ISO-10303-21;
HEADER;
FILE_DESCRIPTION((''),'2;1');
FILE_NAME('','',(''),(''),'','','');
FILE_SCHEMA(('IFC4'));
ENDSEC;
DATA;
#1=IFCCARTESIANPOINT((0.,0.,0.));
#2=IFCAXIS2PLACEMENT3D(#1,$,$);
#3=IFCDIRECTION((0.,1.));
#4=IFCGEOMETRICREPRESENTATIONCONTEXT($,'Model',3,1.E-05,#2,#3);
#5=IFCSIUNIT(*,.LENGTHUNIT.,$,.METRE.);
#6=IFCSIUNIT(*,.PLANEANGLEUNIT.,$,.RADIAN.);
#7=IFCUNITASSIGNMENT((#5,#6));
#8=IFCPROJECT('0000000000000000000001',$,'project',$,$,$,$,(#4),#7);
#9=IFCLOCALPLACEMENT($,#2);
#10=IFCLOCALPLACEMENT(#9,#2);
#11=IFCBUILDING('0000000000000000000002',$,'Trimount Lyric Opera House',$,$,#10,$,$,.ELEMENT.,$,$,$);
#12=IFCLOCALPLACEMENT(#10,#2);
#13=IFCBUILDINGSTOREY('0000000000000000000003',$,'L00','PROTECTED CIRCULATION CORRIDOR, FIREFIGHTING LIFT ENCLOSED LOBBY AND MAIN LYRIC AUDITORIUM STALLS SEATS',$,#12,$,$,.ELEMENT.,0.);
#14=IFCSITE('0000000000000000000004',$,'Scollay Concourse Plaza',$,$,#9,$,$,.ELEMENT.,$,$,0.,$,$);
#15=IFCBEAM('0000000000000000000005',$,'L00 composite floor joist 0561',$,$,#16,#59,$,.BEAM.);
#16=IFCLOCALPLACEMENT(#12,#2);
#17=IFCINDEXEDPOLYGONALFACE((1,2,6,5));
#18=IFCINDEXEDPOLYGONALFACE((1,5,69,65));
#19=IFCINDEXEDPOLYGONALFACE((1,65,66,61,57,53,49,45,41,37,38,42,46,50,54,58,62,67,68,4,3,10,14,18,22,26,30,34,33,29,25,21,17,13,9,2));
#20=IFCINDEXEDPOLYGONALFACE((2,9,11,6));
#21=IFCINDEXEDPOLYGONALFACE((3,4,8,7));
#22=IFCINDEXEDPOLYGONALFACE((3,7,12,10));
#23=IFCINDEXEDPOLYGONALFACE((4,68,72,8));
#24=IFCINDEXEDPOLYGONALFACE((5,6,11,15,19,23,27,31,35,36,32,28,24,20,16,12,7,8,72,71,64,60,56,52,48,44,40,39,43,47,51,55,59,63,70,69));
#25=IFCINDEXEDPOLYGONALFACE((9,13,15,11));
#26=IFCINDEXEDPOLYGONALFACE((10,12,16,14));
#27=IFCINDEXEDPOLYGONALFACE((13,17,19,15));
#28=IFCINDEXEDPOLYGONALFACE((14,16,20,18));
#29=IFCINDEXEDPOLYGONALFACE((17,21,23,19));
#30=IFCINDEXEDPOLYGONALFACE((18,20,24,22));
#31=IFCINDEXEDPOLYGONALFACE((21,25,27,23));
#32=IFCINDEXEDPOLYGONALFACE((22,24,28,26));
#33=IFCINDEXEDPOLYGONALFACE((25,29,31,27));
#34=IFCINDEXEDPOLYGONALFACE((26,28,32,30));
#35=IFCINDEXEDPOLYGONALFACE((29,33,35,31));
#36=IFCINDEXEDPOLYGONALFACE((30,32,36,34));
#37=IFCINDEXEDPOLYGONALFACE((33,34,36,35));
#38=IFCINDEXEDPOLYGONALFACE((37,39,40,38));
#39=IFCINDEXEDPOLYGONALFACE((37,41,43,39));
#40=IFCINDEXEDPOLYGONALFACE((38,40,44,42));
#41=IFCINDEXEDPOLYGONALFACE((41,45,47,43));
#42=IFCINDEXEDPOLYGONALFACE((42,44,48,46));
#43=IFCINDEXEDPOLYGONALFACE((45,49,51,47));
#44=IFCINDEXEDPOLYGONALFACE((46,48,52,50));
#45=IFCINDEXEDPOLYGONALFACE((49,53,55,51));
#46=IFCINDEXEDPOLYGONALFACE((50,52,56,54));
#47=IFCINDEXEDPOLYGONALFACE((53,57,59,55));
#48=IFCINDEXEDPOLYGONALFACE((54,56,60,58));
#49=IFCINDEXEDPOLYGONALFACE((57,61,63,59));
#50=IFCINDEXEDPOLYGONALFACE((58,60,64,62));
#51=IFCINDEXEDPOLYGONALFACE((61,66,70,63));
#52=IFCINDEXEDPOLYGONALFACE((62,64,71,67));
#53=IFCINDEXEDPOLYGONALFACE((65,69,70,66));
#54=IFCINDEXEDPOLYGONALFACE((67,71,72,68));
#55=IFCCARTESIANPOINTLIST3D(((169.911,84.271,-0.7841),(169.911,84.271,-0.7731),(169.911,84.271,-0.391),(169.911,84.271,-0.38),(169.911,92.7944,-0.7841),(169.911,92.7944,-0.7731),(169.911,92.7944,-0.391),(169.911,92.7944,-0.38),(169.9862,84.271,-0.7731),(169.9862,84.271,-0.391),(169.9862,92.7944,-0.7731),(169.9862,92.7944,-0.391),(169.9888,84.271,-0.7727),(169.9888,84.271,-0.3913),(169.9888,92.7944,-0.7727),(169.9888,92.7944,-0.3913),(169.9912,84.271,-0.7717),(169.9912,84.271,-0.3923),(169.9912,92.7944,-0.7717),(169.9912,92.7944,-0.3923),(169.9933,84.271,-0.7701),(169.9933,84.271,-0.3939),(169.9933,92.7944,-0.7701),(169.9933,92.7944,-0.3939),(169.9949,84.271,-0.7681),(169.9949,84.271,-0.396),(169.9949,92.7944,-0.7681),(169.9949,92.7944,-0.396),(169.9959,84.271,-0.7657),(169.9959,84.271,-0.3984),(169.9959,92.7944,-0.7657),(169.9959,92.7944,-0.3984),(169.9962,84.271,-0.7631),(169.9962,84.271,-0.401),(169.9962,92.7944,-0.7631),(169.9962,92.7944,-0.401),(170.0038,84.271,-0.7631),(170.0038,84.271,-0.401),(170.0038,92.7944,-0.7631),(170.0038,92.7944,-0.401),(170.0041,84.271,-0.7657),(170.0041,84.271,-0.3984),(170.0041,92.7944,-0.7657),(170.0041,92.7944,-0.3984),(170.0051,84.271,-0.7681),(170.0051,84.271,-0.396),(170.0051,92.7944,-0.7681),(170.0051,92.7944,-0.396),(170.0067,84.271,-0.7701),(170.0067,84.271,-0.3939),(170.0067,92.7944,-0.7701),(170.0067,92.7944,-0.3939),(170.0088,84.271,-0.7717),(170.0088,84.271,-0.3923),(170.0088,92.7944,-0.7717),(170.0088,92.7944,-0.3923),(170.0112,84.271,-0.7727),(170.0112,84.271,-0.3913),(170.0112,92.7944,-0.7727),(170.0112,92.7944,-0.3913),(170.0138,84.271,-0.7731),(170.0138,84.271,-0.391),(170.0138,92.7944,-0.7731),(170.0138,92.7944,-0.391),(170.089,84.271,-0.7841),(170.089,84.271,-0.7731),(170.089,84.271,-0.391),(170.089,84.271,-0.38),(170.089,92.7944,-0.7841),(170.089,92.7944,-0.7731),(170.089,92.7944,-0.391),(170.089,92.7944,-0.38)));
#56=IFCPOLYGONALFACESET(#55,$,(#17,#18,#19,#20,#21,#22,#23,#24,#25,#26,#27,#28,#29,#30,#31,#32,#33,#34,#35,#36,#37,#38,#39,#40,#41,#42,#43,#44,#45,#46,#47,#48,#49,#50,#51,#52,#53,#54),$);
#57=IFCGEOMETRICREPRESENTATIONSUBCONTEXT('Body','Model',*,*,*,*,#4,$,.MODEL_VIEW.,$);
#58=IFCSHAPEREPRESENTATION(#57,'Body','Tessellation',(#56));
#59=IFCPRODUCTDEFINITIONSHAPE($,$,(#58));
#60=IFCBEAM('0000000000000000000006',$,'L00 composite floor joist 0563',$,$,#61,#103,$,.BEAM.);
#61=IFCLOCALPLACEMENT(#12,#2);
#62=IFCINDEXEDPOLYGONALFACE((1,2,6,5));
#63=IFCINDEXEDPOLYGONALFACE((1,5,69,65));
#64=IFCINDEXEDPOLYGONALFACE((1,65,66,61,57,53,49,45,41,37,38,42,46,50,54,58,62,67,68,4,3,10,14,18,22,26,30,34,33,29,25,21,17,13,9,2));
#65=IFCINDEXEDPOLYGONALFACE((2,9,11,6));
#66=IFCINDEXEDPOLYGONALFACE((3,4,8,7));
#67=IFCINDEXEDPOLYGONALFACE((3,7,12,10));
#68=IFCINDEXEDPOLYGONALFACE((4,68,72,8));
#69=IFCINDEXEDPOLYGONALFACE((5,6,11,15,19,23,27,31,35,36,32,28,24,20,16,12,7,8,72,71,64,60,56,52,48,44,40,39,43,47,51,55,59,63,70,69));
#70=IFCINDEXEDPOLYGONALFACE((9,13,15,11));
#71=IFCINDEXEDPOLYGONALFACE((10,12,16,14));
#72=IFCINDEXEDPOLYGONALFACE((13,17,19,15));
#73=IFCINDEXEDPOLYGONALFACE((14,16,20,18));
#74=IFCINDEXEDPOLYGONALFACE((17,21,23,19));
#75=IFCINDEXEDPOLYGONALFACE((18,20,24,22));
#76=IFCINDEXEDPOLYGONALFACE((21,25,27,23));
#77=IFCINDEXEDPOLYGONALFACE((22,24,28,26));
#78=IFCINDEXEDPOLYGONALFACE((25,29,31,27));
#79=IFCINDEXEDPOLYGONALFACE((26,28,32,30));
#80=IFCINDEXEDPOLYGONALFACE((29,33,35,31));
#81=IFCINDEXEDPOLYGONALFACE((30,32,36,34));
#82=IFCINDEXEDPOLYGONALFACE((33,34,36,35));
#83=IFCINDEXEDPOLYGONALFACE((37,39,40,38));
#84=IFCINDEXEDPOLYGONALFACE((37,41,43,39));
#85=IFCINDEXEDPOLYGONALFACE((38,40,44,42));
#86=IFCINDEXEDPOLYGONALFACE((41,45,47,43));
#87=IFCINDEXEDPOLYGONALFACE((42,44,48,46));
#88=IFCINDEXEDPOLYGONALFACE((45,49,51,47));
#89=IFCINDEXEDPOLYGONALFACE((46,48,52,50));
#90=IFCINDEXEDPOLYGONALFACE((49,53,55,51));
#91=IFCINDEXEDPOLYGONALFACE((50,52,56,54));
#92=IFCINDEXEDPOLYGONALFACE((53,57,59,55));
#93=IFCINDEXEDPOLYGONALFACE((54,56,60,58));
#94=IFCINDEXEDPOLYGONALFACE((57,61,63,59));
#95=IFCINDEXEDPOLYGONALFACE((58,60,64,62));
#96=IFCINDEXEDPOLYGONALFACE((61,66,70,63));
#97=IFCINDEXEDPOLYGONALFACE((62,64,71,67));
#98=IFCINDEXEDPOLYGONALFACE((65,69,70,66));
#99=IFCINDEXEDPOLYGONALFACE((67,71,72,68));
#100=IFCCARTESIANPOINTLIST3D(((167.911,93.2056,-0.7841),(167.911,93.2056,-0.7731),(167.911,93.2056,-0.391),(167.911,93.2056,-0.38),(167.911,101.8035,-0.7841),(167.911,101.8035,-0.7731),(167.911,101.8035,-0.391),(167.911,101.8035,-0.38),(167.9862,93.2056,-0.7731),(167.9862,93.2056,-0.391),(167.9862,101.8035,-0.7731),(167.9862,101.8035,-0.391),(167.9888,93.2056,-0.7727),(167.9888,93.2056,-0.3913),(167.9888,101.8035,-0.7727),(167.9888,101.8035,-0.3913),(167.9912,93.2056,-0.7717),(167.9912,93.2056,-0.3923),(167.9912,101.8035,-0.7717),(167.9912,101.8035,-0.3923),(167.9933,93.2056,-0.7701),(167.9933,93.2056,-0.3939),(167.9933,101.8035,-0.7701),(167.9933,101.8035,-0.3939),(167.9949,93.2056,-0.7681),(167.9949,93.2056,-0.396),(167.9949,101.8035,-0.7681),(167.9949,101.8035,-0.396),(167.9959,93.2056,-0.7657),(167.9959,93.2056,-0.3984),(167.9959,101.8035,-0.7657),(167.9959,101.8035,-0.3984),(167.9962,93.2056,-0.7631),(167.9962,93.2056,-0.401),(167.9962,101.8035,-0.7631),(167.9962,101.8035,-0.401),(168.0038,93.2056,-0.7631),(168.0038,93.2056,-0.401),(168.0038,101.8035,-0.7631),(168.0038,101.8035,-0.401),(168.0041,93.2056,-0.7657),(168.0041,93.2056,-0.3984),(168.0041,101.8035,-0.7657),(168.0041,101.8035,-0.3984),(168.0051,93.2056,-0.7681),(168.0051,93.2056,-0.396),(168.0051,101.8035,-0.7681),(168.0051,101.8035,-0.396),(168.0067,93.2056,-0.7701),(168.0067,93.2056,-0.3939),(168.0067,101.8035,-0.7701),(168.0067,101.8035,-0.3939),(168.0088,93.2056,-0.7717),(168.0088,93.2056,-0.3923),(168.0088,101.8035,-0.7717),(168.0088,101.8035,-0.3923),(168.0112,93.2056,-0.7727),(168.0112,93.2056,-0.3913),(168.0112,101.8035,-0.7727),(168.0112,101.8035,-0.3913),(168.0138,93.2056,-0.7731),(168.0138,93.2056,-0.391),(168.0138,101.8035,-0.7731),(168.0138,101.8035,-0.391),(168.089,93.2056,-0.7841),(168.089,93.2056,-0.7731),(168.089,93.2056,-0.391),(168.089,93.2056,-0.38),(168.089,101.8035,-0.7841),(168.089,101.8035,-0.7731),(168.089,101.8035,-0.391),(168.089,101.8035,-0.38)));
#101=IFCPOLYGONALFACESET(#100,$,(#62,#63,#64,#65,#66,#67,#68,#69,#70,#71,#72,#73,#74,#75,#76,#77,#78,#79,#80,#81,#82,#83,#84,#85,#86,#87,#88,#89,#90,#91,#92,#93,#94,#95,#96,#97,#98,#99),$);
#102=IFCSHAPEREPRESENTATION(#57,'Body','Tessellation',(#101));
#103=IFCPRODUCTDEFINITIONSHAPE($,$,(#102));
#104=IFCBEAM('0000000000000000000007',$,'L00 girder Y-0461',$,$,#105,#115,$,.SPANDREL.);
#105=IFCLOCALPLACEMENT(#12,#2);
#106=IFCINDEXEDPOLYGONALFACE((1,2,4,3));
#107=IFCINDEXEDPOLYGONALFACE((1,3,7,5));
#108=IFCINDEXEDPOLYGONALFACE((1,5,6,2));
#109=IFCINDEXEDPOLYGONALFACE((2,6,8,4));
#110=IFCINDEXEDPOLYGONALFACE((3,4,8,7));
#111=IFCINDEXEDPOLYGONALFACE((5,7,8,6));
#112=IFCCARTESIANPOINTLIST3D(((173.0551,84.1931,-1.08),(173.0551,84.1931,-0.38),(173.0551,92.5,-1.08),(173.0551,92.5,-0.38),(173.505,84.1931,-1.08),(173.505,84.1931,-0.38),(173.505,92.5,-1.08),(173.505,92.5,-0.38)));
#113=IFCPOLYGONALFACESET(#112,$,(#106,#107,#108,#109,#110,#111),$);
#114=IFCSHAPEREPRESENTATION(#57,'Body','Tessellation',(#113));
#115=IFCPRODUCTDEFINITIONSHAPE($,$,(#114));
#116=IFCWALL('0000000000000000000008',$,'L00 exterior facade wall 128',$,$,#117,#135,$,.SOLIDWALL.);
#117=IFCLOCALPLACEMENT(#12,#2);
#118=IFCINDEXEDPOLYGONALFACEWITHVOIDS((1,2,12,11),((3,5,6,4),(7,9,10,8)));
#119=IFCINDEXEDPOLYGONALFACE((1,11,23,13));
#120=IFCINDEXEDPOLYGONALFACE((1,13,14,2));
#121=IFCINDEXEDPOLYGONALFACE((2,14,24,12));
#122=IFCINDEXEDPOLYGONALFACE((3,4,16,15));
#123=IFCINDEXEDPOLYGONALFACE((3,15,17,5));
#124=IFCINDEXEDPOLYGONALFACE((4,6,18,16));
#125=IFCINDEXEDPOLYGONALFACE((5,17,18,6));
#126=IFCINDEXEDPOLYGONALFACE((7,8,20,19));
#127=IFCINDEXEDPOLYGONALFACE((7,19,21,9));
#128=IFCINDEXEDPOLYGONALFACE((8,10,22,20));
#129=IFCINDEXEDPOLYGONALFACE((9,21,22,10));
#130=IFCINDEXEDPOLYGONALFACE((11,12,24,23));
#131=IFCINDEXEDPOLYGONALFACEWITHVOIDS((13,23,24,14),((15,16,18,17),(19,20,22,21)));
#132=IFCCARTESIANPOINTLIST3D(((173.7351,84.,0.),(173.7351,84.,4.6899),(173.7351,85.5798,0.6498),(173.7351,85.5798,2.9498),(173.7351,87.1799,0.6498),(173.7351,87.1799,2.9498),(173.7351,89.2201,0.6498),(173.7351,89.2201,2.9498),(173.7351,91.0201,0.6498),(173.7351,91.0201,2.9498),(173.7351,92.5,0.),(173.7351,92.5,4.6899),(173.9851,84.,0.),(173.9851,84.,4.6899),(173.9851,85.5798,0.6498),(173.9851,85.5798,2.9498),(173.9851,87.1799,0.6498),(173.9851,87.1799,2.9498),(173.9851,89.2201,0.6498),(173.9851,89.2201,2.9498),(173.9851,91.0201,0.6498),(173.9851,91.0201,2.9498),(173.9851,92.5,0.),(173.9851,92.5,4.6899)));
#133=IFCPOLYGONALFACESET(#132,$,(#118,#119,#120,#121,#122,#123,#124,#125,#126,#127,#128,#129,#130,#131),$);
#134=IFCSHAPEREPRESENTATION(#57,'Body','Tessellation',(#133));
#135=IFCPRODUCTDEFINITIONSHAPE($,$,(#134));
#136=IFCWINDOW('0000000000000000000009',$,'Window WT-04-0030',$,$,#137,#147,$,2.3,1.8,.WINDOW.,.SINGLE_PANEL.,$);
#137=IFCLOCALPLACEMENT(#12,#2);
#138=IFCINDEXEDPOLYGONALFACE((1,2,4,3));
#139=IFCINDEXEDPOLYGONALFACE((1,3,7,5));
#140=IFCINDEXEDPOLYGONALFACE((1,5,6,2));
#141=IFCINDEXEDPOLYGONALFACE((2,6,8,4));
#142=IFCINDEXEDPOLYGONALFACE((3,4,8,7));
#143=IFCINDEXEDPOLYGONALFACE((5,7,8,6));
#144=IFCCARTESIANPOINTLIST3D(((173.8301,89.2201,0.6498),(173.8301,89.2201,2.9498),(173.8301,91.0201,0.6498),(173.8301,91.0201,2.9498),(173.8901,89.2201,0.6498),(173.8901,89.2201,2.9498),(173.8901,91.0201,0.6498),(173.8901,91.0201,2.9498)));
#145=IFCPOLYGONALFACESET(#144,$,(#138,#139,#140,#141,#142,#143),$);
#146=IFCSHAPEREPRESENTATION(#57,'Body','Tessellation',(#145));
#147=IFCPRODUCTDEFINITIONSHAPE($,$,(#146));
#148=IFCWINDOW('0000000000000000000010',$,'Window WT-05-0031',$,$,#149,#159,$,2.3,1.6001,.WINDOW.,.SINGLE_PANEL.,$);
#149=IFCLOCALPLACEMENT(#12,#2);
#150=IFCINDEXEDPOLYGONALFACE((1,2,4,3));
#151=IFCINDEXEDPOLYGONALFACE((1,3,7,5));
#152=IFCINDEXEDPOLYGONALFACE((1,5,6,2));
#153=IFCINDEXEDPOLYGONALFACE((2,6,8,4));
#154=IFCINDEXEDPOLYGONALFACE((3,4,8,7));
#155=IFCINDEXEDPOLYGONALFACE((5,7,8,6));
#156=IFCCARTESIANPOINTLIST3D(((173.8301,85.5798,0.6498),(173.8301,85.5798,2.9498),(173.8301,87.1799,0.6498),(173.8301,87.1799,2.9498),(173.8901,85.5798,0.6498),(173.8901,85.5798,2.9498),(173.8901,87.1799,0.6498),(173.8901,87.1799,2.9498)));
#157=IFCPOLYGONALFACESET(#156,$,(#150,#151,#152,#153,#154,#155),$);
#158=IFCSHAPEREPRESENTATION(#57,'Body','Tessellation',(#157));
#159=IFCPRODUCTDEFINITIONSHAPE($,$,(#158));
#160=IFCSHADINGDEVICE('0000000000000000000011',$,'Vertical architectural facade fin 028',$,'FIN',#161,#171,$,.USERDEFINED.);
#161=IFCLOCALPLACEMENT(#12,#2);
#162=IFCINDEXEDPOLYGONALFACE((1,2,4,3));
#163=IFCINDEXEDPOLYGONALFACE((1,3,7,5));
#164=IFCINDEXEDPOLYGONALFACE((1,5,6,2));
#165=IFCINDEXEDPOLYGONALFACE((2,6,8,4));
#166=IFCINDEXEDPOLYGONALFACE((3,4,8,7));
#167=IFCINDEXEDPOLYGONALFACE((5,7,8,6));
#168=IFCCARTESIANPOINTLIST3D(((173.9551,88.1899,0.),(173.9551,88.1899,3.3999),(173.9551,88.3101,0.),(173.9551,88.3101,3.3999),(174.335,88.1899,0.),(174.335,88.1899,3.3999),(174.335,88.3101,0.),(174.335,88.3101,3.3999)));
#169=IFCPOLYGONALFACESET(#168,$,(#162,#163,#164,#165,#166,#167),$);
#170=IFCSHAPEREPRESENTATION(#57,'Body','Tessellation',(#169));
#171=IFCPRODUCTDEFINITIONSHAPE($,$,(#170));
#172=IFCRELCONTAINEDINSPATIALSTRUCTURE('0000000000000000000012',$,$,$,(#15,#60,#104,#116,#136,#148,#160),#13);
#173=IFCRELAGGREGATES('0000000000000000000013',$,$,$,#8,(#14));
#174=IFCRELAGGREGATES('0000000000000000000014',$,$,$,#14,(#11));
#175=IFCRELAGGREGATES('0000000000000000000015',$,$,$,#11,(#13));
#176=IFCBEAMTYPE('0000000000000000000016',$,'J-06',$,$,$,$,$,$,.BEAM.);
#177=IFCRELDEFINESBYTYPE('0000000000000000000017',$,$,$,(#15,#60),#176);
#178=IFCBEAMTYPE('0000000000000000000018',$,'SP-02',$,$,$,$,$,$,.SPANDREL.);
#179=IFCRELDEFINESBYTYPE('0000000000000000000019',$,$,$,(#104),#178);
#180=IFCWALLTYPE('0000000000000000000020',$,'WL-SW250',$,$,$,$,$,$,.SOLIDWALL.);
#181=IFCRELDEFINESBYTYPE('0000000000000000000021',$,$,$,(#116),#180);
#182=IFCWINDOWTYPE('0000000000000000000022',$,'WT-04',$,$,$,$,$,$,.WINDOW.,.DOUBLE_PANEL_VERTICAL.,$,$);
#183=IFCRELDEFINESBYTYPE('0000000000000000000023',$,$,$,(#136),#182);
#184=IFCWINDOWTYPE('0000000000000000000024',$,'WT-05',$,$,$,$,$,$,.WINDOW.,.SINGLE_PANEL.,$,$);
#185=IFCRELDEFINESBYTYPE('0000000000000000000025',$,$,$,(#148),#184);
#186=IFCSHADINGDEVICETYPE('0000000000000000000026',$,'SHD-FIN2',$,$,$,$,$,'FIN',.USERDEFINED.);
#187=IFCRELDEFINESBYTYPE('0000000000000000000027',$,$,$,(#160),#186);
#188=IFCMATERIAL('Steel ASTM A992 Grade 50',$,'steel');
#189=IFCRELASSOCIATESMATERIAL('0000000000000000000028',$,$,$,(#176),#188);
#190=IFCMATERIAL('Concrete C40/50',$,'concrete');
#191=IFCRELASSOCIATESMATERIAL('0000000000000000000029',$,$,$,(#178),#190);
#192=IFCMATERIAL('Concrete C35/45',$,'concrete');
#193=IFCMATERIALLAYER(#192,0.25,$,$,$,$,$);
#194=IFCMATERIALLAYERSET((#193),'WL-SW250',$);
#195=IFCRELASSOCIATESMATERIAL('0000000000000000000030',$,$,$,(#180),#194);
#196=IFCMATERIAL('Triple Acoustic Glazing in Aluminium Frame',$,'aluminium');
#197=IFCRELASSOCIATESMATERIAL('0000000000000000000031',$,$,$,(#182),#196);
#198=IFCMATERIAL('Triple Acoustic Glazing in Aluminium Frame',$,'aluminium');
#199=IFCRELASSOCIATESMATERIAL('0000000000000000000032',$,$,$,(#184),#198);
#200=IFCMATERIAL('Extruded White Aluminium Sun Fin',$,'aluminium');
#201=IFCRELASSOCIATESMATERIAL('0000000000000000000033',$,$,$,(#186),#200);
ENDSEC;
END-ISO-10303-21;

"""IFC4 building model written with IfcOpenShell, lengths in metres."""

from ifc_helpers import new_model, si_unit, direction, frame, frame_2d, origin, origin_2d, place, context, subcontext, project, spatial, rectangle, i_section, extrude, material, layer, layer_set, material_profile, profile_set, type_object, element, fill, save


model = new_model("IFC4")

# Units and contexts
model_context = context("Model", 3, precision=1e-05, world=origin(), true_north=direction((0.0, 1.0)))
body_context = subcontext(model_context, "Body", "Model", "MODEL_VIEW")
ifc_project = project(units=[si_unit("LENGTHUNIT", "METRE"), si_unit("PLANEANGLEUNIT", "RADIAN")], contexts=[model_context])

# Site, building, storey
site_placement = place(None, origin())
site = spatial("IfcSite", under=ifc_project, at=site_placement, Name="Scollay Concourse Plaza", CompositionType="ELEMENT", RefElevation=0.0)
building_placement = place(site_placement, origin())
building = spatial("IfcBuilding", under=site, at=building_placement, Name="Trimount Lyric Opera House", CompositionType="ELEMENT")
storey_placement = place(building_placement, origin())
storey = spatial("IfcBuildingStorey", under=building, at=storey_placement, Name="L00", Description="PROTECTED CIRCULATION CORRIDOR, FIREFIGHTING LIFT ENCLOSED LOBBY AND MAIN LYRIC AUDITORIUM STALLS SEATS", CompositionType="ELEMENT", Elevation=0.0)

# Beams
ifc_material_1 = material(Name="Steel ASTM A992 Grade 50", Category="steel")
ifc_material_profile_1 = material_profile(ifc_material_1, i_section(OverallWidth=0.178, OverallDepth=0.4041, WebThickness=0.0076, FlangeThickness=0.011, FilletRadius=0.01, at=origin_2d()), Name="W16X36")
ifc_profile_set_1 = profile_set([ifc_material_profile_1], Name="Steel ASTM A992 Grade 50")
beam_type_1 = type_object("IfcBeamType", Name="J-06", PredefinedType="BEAM", material=ifc_profile_set_1)
beam_1_placement = place(storey_placement, frame((170.0, 84.271, -0.582), z_axis=(0.0, 1.0, 0.0), x_axis=(-1.0, 0.0, 0.0)))
element("IfcBeam", 1, at=beam_1_placement, inside=storey, type_object=beam_type_1, Name="L00 composite floor joist 0561", PredefinedType="BEAM", context=body_context, shape_type="SweptSolid", body=[
    extrude(i_section(OverallWidth=0.178, OverallDepth=0.4041, WebThickness=0.0076, FlangeThickness=0.011, FilletRadius=0.01, at=origin_2d()), origin(), (0.0, 0.0, 1.0), 8.5234),
])
beam_2_placement = place(storey_placement, frame((168.0, 93.2056, -0.582), z_axis=(0.0, 1.0, 0.0), x_axis=(-1.0, 0.0, 0.0)))
element("IfcBeam", 2, at=beam_2_placement, inside=storey, type_object=beam_type_1, Name="L00 composite floor joist 0563", PredefinedType="BEAM", context=body_context, shape_type="SweptSolid", body=[
    extrude(i_section(OverallWidth=0.178, OverallDepth=0.4041, WebThickness=0.0076, FlangeThickness=0.011, FilletRadius=0.01, at=origin_2d()), origin(), (0.0, 0.0, 1.0), 8.5979),
])
ifc_material_2 = material(Name="Concrete C40/50", Category="concrete")
ifc_material_profile_2 = material_profile(ifc_material_2, rectangle(XDim=0.45, YDim=0.7, at=origin_2d()), Name="RC450X700")
ifc_profile_set_2 = profile_set([ifc_material_profile_2], Name="Concrete C40/50")
beam_type_2 = type_object("IfcBeamType", Name="SP-02", PredefinedType="SPANDREL", material=ifc_profile_set_2)
beam_3_placement = place(storey_placement, frame((173.28, 84.1931, -0.73), z_axis=(0.0, 1.0, 0.0), x_axis=(-1.0, 0.0, 0.0)))
element("IfcBeam", 3, at=beam_3_placement, inside=storey, type_object=beam_type_2, Name="L00 girder Y-0461", PredefinedType="SPANDREL", context=body_context, shape_type="SweptSolid", body=[
    extrude(rectangle(XDim=0.45, YDim=0.7, at=origin_2d()), origin(), (0.0, 0.0, 1.0), 8.3069),
])

# Wall, openings, windows
ifc_material_3 = material(Name="Concrete C35/45", Category="concrete")
ifc_layer = layer(ifc_material_3, 0.25)
ifc_layer_set = layer_set([ifc_layer], Name="WL-SW250")
wall_type = type_object("IfcWallType", Name="WL-SW250", PredefinedType="SOLIDWALL", material=ifc_layer_set)
wall_placement = place(storey_placement, frame((173.8601, 92.5, 0.0), z_axis=(0.0, 0.0, 1.0), x_axis=(0.0, -1.0, 0.0)))
wall = element("IfcWall", 4, at=wall_placement, inside=storey, type_object=wall_type, Name="L00 exterior facade wall 128", PredefinedType="SOLIDWALL", context=body_context, shape_type="SweptSolid", body=[
    extrude(rectangle(XDim=8.5, YDim=0.25, at=frame_2d((4.25, 0.0))), origin(), (0.0, 0.0, 1.0), 4.6899),
])
opening_1_placement = place(wall_placement, frame((1.48, 0.0, 0.6499)))
opening_1 = element("IfcOpeningElement", 5, at=opening_1_placement, cuts=wall, PredefinedType="OPENING", context=body_context, shape_type="SweptSolid", body=[
    extrude(rectangle(XDim=1.8, YDim=2.3, at=frame_2d((0.8999, 1.1499))), frame((0.0, 0.135, 0.0), z_axis=(0.0, -1.0, 0.0), x_axis=(1.0, 0.0, 0.0)), (0.0, 0.0, 1.0), 0.27),
])
opening_2_placement = place(wall_placement, frame((5.3201, 0.0, 0.6499)))
opening_2 = element("IfcOpeningElement", 6, at=opening_2_placement, cuts=wall, PredefinedType="OPENING", context=body_context, shape_type="SweptSolid", body=[
    extrude(rectangle(XDim=1.6001, YDim=2.3, at=frame_2d((0.8, 1.1499))), frame((0.0, 0.135, 0.0), z_axis=(0.0, -1.0, 0.0), x_axis=(1.0, 0.0, 0.0)), (0.0, 0.0, 1.0), 0.27),
])
ifc_material_4 = material(Name="Triple Acoustic Glazing in Aluminium Frame", Category="aluminium")
window_type_1 = type_object("IfcWindowType", Name="WT-04", PartitioningType="DOUBLE_PANEL_VERTICAL", PredefinedType="WINDOW", material=ifc_material_4)
window_1_placement = place(opening_1_placement, origin())
window_1 = element("IfcWindow", 7, at=window_1_placement, inside=storey, type_object=window_type_1, Name="Window WT-04-0030", OverallHeight=2.3, OverallWidth=1.8, PartitioningType="SINGLE_PANEL", PredefinedType="WINDOW", context=body_context, shape_type="SweptSolid", body=[
    extrude(rectangle(XDim=1.8, YDim=2.3, at=frame_2d((0.8999, 1.1499))), frame((0.0, 0.03, 0.0), z_axis=(0.0, -1.0, 0.0), x_axis=(1.0, 0.0, 0.0)), (0.0, 0.0, 1.0), 0.0601),
])
fill(opening_1, window_1)
ifc_material_5 = material(Name="Triple Acoustic Glazing in Aluminium Frame", Category="aluminium")
window_type_2 = type_object("IfcWindowType", Name="WT-05", PartitioningType="SINGLE_PANEL", PredefinedType="WINDOW", material=ifc_material_5)
window_2_placement = place(opening_2_placement, origin())
window_2 = element("IfcWindow", 8, at=window_2_placement, inside=storey, type_object=window_type_2, Name="Window WT-05-0031", OverallHeight=2.3, OverallWidth=1.6001, PartitioningType="SINGLE_PANEL", PredefinedType="WINDOW", context=body_context, shape_type="SweptSolid", body=[
    extrude(rectangle(XDim=1.6001, YDim=2.3, at=frame_2d((0.8, 1.1499))), frame((0.0, 0.03, 0.0), z_axis=(0.0, -1.0, 0.0), x_axis=(1.0, 0.0, 0.0)), (0.0, 0.0, 1.0), 0.0601),
])
fill(opening_2, window_2)

# Shading device
ifc_material_6 = material(Name="Extruded White Aluminium Sun Fin", Category="aluminium")
shading_device_type = type_object("IfcShadingDeviceType", Name="SHD-FIN2", ElementType="FIN", PredefinedType="USERDEFINED", material=ifc_material_6)
shading_device_placement = place(storey_placement, frame((174.145, 88.25, 0.0), z_axis=(0.0, 0.0, 1.0), x_axis=(1.0, 0.0, 0.0)))
element("IfcShadingDevice", 9, at=shading_device_placement, inside=storey, type_object=shading_device_type, Name="Vertical architectural facade fin 028", ObjectType="FIN", PredefinedType="USERDEFINED", context=body_context, shape_type="SweptSolid", body=[
    extrude(rectangle(XDim=0.3799, YDim=0.1201, at=origin_2d()), origin(), (0.0, 0.0, 1.0), 3.3999),
])

save(model, "model.ifc")
